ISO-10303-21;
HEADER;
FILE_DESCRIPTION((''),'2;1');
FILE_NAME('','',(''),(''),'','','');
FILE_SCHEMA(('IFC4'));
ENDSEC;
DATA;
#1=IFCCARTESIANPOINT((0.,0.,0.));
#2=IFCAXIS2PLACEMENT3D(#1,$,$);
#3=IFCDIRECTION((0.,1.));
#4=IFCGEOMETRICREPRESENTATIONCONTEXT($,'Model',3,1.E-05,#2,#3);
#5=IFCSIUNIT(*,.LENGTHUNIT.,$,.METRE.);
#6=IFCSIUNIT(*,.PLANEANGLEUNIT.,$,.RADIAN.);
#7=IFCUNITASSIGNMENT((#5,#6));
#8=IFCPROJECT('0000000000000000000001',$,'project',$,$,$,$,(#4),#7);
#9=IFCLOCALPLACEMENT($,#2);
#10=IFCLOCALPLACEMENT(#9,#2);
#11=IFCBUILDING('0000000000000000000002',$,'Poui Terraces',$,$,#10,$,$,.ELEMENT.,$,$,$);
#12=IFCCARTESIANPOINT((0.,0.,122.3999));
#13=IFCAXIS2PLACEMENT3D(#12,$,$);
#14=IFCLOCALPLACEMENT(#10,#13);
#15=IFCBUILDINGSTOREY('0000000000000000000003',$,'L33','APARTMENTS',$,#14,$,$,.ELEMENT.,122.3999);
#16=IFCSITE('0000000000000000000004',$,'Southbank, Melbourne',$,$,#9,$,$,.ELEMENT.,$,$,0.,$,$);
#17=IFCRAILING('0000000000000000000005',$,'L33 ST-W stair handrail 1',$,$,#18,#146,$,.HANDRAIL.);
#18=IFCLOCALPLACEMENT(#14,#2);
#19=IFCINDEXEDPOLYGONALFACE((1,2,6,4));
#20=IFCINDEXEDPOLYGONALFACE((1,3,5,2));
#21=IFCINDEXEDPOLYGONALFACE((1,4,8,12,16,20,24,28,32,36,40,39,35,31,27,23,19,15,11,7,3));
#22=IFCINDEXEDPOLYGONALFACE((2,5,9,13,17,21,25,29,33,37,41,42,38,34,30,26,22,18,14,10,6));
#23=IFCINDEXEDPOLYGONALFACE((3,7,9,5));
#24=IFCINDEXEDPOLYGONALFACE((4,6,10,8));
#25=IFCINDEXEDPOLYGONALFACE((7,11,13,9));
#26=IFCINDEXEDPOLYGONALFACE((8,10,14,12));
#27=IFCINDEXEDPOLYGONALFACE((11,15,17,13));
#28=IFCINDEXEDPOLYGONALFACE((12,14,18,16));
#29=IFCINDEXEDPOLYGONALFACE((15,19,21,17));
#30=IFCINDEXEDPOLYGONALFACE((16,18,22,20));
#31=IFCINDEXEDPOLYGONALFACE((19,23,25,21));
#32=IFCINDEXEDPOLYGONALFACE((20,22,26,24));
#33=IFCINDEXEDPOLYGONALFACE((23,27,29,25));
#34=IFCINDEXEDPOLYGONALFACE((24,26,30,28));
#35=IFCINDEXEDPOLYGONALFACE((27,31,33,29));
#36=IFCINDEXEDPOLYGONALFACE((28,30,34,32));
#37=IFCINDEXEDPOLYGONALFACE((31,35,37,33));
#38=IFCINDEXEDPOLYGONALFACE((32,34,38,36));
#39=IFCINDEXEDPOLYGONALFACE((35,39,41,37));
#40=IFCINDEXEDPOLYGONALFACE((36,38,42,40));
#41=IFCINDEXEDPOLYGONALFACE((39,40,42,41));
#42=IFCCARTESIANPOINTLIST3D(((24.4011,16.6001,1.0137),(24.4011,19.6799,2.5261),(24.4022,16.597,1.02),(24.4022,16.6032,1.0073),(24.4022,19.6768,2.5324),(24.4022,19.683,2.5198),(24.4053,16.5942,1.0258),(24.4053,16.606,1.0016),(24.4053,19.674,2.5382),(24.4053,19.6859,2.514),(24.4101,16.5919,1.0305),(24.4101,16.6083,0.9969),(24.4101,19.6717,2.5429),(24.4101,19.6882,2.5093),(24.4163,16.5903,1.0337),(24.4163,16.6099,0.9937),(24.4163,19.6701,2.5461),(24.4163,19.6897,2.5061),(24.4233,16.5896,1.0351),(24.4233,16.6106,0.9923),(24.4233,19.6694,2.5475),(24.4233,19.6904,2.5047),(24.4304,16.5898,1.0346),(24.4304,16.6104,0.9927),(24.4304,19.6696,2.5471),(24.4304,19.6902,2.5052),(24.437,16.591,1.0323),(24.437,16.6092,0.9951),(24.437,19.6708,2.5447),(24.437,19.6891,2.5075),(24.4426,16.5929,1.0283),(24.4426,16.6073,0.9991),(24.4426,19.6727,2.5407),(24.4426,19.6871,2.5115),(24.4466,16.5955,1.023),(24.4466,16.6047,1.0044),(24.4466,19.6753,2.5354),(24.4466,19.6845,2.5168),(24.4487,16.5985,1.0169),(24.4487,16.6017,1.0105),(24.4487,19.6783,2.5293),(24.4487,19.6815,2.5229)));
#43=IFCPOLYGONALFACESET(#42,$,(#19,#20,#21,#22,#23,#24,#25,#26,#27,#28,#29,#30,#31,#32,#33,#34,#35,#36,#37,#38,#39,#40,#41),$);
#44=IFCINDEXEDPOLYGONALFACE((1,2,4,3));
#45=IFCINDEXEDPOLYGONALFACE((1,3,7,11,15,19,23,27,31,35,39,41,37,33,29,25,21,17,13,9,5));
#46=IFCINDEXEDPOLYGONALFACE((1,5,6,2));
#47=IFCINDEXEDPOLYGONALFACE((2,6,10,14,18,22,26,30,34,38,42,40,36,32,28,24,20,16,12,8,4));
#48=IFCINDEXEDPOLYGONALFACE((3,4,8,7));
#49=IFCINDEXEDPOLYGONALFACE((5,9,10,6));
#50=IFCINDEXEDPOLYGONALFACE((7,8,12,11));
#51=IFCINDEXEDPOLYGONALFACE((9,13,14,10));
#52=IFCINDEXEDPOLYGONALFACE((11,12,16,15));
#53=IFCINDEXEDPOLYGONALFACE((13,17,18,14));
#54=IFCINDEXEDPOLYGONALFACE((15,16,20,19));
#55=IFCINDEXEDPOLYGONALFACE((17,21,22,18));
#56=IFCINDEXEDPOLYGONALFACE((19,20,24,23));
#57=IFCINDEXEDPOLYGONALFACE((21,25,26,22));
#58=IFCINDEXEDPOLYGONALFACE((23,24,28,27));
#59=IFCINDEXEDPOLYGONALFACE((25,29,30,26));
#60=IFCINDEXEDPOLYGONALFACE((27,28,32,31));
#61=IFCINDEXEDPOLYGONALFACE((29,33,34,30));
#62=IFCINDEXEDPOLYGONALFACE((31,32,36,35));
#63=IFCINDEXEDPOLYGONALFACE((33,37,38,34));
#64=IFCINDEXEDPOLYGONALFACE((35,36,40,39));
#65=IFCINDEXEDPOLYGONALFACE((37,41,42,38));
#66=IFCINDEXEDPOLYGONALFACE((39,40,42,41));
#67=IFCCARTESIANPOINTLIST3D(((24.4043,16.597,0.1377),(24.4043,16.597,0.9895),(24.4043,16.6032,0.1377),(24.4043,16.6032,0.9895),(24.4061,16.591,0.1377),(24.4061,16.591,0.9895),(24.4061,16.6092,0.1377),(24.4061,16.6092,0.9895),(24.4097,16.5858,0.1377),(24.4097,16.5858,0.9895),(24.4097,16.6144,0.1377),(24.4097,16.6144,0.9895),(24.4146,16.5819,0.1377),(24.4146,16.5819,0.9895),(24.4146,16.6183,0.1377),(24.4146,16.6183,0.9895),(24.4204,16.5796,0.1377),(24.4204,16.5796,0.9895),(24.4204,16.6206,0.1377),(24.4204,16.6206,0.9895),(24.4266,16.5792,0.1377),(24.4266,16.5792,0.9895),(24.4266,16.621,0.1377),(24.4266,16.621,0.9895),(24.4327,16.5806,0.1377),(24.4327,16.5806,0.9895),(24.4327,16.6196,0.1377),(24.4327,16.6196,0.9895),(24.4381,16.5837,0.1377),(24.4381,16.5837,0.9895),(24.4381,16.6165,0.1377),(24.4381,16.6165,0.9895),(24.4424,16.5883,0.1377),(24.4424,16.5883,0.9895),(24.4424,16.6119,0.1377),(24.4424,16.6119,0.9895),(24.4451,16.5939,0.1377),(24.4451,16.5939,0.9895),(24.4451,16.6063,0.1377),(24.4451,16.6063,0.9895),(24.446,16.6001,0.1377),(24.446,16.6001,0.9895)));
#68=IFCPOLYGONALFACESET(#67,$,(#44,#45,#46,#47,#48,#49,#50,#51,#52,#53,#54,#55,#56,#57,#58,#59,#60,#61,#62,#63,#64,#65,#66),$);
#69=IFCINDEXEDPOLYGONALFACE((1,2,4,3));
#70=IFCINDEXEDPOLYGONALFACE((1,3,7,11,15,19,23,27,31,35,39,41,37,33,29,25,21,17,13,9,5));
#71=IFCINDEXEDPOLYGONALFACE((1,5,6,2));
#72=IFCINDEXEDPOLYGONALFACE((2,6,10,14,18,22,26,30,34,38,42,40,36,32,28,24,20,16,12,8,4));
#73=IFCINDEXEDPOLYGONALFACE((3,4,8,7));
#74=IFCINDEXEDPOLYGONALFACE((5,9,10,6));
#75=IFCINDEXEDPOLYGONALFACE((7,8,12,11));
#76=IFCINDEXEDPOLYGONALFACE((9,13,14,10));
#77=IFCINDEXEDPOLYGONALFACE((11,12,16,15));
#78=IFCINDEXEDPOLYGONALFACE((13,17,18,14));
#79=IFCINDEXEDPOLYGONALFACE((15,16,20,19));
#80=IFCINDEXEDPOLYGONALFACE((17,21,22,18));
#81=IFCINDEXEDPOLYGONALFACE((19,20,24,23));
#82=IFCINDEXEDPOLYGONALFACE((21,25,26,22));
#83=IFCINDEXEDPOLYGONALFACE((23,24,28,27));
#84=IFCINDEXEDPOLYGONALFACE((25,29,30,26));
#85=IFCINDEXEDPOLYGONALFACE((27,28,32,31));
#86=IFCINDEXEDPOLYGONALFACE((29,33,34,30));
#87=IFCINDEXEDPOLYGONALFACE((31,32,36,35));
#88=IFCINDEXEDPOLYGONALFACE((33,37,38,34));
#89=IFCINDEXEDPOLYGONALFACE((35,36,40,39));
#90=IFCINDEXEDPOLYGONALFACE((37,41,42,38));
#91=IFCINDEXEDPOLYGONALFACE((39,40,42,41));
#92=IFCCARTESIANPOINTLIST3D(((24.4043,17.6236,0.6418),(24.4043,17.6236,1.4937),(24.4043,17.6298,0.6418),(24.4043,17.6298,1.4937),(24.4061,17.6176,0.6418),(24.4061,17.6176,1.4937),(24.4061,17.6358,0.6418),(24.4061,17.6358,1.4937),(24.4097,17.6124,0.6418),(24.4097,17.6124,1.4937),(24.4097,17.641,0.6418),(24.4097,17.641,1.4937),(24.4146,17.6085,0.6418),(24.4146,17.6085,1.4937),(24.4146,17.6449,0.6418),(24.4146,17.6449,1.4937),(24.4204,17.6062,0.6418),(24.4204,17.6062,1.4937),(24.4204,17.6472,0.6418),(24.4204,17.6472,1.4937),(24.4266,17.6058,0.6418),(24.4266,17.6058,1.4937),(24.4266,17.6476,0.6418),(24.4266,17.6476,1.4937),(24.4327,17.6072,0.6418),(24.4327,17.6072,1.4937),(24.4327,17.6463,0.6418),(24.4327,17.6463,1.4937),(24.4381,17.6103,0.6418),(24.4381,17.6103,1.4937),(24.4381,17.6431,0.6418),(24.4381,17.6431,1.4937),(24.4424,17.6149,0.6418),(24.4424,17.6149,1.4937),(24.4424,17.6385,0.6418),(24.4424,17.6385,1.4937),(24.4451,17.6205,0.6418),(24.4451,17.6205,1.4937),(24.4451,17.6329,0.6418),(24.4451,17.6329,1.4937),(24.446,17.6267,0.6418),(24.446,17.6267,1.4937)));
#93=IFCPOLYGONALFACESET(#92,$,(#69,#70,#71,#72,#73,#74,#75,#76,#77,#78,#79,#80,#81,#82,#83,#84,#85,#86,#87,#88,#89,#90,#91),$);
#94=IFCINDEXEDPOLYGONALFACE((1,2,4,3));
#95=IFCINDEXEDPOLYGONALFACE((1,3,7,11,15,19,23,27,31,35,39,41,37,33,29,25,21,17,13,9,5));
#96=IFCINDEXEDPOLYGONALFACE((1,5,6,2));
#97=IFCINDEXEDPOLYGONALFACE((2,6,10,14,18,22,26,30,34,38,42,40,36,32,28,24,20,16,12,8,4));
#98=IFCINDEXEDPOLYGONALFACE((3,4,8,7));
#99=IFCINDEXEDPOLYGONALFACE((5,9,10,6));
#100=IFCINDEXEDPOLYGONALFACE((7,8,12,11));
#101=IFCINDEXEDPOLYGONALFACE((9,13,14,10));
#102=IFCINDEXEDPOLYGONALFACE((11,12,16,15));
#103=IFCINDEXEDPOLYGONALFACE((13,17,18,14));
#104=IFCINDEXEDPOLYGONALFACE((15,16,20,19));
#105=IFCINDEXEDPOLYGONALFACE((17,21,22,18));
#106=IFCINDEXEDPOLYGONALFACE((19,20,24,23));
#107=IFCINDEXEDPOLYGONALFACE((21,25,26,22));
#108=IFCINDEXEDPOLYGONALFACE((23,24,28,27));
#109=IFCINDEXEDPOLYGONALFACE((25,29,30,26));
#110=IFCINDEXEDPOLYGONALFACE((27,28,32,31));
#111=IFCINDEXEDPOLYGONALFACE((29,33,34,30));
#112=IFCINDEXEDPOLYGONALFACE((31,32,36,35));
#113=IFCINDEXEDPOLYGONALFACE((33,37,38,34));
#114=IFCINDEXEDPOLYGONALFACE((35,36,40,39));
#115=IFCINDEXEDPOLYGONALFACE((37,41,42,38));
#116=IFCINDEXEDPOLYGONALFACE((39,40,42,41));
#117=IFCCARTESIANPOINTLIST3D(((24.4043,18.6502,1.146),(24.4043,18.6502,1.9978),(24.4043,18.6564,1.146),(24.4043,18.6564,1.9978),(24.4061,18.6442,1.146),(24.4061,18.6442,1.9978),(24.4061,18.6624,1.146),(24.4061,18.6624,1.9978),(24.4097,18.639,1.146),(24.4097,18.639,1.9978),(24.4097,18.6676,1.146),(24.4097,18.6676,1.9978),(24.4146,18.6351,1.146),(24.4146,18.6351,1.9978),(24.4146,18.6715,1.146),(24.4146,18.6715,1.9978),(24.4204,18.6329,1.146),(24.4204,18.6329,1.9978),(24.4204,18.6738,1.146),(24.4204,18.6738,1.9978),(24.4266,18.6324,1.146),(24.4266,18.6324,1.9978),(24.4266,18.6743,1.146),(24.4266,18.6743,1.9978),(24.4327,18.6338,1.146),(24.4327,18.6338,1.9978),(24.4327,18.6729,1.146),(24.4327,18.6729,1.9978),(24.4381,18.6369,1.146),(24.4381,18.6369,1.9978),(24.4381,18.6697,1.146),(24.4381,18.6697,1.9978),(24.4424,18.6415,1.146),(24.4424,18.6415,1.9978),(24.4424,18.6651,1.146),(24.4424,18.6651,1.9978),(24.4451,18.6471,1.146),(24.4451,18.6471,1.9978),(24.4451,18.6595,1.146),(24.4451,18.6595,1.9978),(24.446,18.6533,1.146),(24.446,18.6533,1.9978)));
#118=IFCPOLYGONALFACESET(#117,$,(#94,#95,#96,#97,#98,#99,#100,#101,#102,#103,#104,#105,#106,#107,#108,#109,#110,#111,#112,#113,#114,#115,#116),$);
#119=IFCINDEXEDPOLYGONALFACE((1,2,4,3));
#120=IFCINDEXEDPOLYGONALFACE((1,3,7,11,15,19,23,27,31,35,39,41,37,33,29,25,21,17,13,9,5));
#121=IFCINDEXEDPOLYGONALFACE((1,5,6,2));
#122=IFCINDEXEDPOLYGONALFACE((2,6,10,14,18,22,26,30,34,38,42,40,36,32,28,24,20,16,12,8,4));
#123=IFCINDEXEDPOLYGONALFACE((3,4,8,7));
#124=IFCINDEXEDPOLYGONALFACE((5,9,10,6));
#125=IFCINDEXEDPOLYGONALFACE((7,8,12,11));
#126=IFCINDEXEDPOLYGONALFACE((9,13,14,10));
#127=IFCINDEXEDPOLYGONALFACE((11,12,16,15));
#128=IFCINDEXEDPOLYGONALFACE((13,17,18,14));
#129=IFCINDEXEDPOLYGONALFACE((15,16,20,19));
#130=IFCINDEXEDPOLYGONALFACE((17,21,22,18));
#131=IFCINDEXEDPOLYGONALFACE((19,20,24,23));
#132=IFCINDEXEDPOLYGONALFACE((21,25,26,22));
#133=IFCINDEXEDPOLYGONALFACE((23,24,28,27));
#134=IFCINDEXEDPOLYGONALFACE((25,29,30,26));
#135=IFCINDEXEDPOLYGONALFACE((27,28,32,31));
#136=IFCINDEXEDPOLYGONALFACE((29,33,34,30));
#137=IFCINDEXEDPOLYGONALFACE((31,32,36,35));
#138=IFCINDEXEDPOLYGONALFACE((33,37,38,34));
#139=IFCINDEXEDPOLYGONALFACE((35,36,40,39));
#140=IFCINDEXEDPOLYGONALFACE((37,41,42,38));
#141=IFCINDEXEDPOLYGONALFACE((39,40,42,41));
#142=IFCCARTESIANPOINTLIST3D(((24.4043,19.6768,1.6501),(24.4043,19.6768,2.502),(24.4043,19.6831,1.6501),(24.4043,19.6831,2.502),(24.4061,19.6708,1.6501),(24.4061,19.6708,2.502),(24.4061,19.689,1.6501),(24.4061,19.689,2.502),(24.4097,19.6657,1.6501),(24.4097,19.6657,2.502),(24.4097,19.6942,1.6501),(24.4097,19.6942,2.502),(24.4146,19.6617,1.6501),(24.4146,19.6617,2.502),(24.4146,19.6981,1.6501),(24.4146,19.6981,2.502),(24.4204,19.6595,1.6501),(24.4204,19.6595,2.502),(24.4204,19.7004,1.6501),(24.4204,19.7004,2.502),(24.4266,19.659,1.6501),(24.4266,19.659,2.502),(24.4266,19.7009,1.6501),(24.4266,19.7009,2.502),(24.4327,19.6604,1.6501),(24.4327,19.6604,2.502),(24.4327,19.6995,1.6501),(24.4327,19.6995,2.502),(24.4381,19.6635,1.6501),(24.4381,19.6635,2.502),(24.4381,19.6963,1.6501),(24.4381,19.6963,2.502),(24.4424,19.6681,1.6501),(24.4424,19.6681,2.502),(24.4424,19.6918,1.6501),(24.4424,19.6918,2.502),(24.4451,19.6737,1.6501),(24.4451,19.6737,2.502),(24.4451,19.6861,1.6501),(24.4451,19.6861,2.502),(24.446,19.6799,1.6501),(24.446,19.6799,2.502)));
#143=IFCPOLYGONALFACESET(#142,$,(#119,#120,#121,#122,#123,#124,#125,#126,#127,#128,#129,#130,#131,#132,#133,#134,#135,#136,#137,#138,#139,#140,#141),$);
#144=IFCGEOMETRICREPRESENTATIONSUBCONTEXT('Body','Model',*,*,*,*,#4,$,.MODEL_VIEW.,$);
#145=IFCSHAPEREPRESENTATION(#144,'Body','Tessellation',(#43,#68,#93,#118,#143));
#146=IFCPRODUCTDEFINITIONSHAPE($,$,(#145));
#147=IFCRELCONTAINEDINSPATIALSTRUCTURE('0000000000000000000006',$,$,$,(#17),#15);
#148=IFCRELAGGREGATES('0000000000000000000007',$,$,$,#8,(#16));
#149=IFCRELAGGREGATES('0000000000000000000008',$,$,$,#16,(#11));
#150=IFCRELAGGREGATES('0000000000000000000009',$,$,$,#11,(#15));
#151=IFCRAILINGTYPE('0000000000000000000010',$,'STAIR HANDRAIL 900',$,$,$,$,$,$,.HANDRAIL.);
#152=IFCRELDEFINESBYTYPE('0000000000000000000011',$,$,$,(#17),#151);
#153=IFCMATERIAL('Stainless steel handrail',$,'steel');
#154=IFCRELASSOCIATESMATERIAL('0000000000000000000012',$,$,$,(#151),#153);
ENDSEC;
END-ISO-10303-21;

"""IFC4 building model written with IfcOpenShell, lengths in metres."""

from ifc_helpers import new_model, si_unit, direction, frame, origin, origin_2d, place, context, subcontext, project, spatial, circle, extrude, material, type_object, element, save


model = new_model("IFC4")

# Units and contexts
model_context = context("Model", 3, precision=1e-05, world=origin(), true_north=direction((0.0, 1.0)))
body_context = subcontext(model_context, "Body", "Model", "MODEL_VIEW")
ifc_project = project(units=[si_unit("LENGTHUNIT", "METRE"), si_unit("PLANEANGLEUNIT", "RADIAN")], contexts=[model_context])

# Site, building, storey
site_placement = place(None, origin())
site = spatial("IfcSite", under=ifc_project, at=site_placement, Name="Southbank, Melbourne", CompositionType="ELEMENT", RefElevation=0.0)
building_placement = place(site_placement, origin())
building = spatial("IfcBuilding", under=site, at=building_placement, Name="Poui Terraces", CompositionType="ELEMENT")
storey_placement = place(building_placement, frame((0.0, 0.0, 122.3999)))
storey = spatial("IfcBuildingStorey", under=building, at=storey_placement, Name="L33", Description="APARTMENTS", CompositionType="ELEMENT", Elevation=122.3999)

# Railing
ifc_material_1 = material(Name="Stainless steel handrail", Category="steel")
railing_type_1 = type_object("IfcRailingType", Name="STAIR HANDRAIL 900", PredefinedType="HANDRAIL", material=ifc_material_1)
railing_1_placement = place(storey_placement, frame((24.425, 16.6001, 0.1377)))
element("IfcRailing", 1, at=railing_1_placement, inside=storey, type_object=railing_type_1, Name="L33 ST-W stair handrail 1", PredefinedType="HANDRAIL", context=body_context, shape_type="SweptSolid", body=[
    extrude(circle(Radius=0.0239, at=origin_2d()), frame((0.0, 0.0, 0.876), z_axis=(0.0, 0.897606, 0.440798), x_axis=(-1.0, 0.0, 0.0)), (0.0, 0.0, 1.0), 3.4312),
    extrude(circle(Radius=0.021, at=origin_2d()), origin(), (0.0, 0.0, 1.0), 0.8518),
    extrude(circle(Radius=0.021, at=origin_2d()), frame((0.0, 1.0266, 0.5042)), (0.0, 0.0, 1.0), 0.8518),
    extrude(circle(Radius=0.021, at=origin_2d()), frame((0.0, 2.0532, 1.0083)), (0.0, 0.0, 1.0), 0.8518),
    extrude(circle(Radius=0.021, at=origin_2d()), frame((0.0, 3.0798, 1.5125)), (0.0, 0.0, 1.0), 0.8518),
])

save(model, "model.ifc")
